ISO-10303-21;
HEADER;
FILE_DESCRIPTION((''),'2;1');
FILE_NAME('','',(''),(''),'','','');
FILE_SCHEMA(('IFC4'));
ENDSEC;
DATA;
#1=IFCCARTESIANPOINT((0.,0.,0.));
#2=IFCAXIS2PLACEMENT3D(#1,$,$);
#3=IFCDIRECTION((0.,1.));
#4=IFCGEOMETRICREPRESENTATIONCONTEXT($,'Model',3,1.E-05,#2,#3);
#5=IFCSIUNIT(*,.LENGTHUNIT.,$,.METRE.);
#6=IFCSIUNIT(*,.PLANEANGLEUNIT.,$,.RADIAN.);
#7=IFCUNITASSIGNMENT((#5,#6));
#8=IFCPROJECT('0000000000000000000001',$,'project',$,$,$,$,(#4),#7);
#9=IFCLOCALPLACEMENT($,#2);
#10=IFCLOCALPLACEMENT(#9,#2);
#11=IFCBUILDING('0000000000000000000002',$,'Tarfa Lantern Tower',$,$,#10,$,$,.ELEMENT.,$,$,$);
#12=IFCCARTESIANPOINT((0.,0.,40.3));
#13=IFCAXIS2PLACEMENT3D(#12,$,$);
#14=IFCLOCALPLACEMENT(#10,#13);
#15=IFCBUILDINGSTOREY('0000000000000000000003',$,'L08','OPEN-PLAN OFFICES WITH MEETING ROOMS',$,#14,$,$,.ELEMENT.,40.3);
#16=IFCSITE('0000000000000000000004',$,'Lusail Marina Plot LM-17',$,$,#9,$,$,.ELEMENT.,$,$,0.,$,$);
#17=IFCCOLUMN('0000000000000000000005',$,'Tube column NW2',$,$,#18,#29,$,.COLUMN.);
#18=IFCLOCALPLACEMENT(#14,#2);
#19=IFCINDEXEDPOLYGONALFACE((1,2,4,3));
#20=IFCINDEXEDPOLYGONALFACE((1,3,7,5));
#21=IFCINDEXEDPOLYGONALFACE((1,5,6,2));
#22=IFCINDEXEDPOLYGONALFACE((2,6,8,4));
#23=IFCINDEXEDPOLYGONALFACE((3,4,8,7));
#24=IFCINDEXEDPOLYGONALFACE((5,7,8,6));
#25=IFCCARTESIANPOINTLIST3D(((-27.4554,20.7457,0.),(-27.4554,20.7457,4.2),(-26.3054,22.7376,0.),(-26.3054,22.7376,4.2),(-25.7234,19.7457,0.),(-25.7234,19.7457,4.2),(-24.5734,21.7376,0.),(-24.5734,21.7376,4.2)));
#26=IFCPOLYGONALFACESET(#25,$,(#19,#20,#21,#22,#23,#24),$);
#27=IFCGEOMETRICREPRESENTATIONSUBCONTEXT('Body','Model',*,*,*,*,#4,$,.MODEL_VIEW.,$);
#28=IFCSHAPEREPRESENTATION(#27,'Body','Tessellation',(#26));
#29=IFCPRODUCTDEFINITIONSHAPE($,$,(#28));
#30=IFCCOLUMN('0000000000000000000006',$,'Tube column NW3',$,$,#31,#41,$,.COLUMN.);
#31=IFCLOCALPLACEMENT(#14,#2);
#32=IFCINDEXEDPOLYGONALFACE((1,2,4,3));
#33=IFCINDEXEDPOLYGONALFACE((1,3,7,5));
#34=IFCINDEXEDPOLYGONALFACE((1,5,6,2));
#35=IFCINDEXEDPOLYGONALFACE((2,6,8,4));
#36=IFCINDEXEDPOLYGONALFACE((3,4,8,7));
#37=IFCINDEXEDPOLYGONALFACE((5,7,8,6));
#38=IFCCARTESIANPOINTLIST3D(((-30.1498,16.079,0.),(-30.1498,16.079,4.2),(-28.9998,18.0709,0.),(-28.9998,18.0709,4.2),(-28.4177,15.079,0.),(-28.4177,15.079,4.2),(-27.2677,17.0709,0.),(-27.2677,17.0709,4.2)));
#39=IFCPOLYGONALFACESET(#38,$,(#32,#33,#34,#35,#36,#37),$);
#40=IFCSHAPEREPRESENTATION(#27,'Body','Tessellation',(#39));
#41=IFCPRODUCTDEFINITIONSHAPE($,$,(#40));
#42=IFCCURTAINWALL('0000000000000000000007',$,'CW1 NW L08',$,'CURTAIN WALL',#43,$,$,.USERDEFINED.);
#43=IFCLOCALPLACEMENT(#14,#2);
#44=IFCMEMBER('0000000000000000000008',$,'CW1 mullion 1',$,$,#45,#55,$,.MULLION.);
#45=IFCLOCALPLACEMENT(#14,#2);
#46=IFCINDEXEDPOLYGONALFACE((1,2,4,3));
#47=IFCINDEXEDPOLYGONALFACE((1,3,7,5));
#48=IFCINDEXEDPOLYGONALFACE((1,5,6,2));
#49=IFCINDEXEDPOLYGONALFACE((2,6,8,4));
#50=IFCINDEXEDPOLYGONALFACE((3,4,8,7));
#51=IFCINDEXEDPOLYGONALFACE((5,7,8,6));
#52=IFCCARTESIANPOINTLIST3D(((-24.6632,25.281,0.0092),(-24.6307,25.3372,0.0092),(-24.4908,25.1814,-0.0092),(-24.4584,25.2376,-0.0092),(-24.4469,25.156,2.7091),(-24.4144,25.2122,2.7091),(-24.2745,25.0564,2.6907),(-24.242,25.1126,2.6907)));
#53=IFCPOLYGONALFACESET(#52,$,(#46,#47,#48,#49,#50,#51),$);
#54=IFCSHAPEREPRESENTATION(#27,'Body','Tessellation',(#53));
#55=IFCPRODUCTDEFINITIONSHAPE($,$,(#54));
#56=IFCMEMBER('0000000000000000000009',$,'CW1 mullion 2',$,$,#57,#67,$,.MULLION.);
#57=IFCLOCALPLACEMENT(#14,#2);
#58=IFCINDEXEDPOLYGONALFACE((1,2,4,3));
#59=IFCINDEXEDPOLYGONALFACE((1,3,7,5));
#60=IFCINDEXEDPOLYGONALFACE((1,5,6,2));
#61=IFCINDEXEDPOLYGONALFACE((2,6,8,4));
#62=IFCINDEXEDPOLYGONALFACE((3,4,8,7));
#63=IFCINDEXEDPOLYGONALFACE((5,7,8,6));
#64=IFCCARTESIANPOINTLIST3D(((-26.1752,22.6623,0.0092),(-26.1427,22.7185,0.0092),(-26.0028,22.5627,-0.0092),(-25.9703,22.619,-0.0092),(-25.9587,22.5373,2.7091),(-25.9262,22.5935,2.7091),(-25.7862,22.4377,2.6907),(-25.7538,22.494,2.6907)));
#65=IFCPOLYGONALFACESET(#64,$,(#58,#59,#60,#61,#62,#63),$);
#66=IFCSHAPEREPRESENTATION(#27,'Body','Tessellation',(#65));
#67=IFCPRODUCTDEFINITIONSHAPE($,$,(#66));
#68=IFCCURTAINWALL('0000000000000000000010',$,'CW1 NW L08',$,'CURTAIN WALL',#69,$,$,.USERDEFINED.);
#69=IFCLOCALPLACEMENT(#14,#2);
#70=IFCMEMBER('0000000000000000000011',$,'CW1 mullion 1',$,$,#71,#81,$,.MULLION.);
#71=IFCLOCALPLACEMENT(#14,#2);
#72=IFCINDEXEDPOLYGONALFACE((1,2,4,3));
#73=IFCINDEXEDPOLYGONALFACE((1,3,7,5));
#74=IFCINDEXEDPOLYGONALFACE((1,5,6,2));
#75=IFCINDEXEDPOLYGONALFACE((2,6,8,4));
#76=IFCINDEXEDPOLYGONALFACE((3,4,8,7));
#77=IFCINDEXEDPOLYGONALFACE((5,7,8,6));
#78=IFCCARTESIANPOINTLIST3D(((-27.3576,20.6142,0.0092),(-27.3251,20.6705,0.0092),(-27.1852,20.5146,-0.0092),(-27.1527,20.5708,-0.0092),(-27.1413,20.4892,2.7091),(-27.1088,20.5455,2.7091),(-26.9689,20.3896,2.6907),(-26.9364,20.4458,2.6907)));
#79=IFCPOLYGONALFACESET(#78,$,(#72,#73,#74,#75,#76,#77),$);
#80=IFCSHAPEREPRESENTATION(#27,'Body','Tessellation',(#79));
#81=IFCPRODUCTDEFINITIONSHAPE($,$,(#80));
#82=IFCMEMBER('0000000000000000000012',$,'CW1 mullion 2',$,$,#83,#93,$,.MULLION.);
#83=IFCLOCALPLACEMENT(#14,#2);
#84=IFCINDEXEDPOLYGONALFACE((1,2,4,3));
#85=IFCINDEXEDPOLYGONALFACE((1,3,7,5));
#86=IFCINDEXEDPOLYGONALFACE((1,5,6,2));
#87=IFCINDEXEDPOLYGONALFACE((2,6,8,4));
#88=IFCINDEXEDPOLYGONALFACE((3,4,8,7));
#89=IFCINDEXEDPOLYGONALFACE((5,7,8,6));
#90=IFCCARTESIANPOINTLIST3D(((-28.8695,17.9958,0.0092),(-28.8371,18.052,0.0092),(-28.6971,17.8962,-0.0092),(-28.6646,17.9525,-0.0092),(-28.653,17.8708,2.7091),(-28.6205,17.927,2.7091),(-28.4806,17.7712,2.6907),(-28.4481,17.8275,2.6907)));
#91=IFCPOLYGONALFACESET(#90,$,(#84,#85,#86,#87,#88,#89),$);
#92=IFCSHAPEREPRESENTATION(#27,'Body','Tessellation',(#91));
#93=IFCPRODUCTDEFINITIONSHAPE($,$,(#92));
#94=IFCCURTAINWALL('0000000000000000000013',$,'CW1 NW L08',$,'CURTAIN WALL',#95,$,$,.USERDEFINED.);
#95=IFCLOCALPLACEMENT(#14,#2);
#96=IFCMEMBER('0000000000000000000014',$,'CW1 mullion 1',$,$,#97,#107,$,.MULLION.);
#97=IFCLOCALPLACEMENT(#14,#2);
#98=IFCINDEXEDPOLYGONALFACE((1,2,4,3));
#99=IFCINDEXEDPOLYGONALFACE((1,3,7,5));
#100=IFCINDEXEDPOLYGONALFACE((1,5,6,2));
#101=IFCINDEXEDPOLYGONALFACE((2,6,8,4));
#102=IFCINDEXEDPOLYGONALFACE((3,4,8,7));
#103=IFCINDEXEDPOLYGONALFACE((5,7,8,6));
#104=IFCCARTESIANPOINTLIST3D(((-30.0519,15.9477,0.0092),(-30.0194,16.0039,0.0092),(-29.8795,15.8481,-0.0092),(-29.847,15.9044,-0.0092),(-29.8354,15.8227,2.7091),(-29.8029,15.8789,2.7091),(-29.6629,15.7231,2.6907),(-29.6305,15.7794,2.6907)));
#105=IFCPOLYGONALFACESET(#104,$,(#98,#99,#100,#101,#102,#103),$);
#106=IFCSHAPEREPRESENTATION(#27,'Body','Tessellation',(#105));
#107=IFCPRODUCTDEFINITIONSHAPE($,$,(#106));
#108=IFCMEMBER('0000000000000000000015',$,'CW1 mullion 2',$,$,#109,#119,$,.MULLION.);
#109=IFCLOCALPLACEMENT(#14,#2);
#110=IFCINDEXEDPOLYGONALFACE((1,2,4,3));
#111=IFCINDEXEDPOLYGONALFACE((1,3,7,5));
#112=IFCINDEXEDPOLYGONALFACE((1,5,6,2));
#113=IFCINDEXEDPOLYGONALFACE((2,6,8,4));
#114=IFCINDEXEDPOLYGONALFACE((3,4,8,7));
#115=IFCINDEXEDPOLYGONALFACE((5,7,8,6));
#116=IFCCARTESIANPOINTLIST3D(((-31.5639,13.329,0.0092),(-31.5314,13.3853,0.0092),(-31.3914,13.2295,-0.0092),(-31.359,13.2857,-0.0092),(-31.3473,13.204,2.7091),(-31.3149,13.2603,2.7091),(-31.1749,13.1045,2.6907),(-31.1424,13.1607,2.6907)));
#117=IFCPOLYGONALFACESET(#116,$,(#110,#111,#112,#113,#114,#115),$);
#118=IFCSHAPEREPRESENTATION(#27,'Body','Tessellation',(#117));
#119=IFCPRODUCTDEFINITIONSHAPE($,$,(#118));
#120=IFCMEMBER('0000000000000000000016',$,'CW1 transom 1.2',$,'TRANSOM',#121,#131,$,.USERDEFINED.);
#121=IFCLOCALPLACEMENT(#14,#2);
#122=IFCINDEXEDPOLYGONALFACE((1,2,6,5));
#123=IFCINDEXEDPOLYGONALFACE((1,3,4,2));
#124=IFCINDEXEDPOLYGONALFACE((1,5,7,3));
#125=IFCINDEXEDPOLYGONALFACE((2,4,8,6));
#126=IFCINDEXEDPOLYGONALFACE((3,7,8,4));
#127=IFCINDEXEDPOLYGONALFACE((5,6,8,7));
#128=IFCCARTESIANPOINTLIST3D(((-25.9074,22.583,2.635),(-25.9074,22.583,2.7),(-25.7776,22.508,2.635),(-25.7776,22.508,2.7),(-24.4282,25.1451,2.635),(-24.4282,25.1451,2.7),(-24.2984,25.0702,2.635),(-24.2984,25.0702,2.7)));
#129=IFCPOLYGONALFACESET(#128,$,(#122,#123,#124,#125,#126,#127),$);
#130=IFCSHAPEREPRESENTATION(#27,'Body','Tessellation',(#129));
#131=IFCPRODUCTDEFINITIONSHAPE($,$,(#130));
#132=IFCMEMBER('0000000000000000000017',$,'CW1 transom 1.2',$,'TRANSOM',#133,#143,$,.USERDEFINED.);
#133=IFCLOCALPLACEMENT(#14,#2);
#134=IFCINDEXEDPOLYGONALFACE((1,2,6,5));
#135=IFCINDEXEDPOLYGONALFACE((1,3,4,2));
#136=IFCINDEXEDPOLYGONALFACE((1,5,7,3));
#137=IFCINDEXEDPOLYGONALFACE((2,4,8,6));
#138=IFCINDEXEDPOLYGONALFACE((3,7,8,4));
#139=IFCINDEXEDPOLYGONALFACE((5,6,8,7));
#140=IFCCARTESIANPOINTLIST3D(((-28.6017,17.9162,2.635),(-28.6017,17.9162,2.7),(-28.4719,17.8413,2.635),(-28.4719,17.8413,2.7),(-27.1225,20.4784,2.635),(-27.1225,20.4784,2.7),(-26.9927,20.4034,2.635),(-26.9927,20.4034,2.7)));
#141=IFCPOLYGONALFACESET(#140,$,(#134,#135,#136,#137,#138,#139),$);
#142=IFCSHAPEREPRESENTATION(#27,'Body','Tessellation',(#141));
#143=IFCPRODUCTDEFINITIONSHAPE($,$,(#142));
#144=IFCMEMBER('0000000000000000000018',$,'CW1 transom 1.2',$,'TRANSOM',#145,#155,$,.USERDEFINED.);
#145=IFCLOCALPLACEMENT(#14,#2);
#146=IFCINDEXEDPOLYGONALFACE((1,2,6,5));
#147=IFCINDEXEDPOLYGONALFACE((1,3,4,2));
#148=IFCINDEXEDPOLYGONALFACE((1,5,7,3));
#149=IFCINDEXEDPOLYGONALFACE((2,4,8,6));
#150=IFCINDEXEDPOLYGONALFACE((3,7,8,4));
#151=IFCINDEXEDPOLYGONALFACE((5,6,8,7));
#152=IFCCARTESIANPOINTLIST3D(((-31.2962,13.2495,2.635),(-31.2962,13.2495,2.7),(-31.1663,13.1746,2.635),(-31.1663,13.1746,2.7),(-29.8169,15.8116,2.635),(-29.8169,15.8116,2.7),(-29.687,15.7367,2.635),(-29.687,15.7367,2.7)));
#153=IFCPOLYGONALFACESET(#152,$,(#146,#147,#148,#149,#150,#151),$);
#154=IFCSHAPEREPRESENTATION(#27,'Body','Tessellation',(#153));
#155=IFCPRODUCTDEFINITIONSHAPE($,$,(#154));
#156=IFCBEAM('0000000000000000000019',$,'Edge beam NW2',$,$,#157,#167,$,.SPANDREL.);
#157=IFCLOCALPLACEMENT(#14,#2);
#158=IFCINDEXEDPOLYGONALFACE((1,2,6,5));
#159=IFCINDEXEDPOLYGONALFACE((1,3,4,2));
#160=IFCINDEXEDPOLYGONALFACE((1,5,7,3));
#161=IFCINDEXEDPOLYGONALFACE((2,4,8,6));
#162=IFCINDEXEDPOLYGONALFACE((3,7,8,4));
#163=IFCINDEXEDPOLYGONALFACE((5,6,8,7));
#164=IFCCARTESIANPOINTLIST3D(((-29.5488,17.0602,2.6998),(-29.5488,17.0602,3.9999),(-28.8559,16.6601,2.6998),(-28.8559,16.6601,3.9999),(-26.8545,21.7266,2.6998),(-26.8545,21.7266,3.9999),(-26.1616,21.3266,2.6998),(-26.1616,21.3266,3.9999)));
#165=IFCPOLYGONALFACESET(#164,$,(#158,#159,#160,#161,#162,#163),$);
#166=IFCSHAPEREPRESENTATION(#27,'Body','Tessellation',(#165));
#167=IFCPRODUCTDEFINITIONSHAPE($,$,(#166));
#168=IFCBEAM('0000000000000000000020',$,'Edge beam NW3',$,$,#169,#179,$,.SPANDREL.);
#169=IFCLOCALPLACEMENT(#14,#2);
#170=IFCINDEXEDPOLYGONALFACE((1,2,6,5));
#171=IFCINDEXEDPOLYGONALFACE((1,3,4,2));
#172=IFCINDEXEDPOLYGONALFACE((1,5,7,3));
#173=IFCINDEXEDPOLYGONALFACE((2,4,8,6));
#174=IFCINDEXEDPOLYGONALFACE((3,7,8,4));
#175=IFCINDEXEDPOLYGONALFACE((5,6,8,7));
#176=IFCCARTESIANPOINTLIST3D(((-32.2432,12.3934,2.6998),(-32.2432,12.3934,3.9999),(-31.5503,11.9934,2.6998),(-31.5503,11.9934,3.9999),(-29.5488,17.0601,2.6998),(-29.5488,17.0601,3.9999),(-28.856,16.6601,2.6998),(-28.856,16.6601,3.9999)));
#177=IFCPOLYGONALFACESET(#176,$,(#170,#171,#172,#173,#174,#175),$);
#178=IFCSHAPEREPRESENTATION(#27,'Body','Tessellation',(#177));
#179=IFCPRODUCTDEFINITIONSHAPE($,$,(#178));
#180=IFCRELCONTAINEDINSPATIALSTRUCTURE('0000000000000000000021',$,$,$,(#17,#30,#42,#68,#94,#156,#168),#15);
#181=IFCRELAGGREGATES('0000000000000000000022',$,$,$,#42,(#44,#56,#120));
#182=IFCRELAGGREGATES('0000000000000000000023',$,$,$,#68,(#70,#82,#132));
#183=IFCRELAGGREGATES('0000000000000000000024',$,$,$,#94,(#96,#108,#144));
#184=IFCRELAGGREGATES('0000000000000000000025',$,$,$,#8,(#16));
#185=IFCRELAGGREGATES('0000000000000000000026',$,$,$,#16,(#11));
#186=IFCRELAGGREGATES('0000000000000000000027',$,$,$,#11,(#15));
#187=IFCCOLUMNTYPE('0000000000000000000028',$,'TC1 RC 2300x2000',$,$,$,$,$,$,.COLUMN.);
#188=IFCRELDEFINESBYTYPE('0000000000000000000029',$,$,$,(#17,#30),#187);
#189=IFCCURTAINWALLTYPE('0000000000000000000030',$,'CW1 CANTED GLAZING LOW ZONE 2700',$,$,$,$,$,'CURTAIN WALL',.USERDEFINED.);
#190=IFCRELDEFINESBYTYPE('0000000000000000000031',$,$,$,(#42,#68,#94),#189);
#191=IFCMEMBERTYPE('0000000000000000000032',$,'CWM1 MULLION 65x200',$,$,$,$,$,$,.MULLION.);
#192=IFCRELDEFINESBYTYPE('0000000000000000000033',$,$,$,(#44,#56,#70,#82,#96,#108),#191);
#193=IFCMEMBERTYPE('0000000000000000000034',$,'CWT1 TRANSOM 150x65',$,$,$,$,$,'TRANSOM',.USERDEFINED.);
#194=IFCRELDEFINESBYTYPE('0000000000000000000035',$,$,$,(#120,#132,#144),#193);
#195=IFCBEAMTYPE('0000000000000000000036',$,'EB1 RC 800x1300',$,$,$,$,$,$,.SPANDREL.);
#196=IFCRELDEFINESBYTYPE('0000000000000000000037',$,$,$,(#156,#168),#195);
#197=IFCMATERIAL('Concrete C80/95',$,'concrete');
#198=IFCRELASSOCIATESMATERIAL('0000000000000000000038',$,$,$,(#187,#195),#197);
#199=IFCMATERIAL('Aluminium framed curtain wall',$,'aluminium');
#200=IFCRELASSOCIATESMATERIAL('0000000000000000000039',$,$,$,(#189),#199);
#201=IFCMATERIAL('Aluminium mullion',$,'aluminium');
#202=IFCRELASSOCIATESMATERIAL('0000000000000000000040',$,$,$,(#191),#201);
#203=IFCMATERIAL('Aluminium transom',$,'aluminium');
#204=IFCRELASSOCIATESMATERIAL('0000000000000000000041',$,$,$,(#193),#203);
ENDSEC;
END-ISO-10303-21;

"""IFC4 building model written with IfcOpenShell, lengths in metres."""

from ifc_helpers import new_model, si_unit, direction, frame, origin, origin_2d, place, context, subcontext, project, spatial, rectangle, extrude, material, material_profile, profile_set, type_object, element, aggregate, save


model = new_model("IFC4")

# Units and contexts
model_context = context("Model", 3, precision=1e-05, world=origin(), true_north=direction((0.0, 1.0)))
body_context = subcontext(model_context, "Body", "Model", "MODEL_VIEW")
ifc_project = project(units=[si_unit("LENGTHUNIT", "METRE"), si_unit("PLANEANGLEUNIT", "RADIAN")], contexts=[model_context])

# Site, building, storey
site_placement = place(None, origin())
site = spatial("IfcSite", under=ifc_project, at=site_placement, Name="Lusail Marina Plot LM-17", CompositionType="ELEMENT", RefElevation=0.0)
building_placement = place(site_placement, origin())
building = spatial("IfcBuilding", under=site, at=building_placement, Name="Tarfa Lantern Tower", CompositionType="ELEMENT")
storey_placement = place(building_placement, frame((0.0, 0.0, 40.3)))
storey = spatial("IfcBuildingStorey", under=building, at=storey_placement, Name="L08", Description="OPEN-PLAN OFFICES WITH MEETING ROOMS", CompositionType="ELEMENT", Elevation=40.3)

# Columns
ifc_material_1 = material(Name="Concrete C80/95", Category="concrete")
ifc_material_profile_1 = material_profile(ifc_material_1, rectangle(XDim=2.3, YDim=2.0, at=origin_2d()), Name="RC 2300x2000")
ifc_profile_set_1 = profile_set([ifc_material_profile_1], Name="Concrete C80/95")
column_type = type_object("IfcColumnType", Name="TC1 RC 2300x2000", PredefinedType="COLUMN", material=ifc_profile_set_1)
for number, where, z_axis, x_axis, name in (
    (1, (-26.0144, 21.2417, 0.0), (0.0, 0.0, 1.0), (-0.5, -0.866025, 0.0), "Tube column NW2"),
    (2, (-28.7087, 16.575, 0.0), (0.0, 0.0, 1.0), (-0.5, -0.866025, 0.0), "Tube column NW3"),
):
    element("IfcColumn", number, at=place(storey_placement, frame(where, z_axis=z_axis, x_axis=x_axis)), inside=storey, type_object=column_type, Name=name, PredefinedType="COLUMN", context=body_context, shape_type="SweptSolid", body=[
        extrude(rectangle(XDim=2.3, YDim=2.0, at=origin_2d()), origin(), (0.0, 0.0, 1.0), 4.2),
    ])

# Curtain walls, members
ifc_material_2 = material(Name="Aluminium framed curtain wall", Category="aluminium")
curtain_wall_type = type_object("IfcCurtainWallType", Name="CW1 CANTED GLAZING LOW ZONE 2700", ElementType="CURTAIN WALL", PredefinedType="USERDEFINED", material=ifc_material_2)
curtain_wall_1_placement = place(storey_placement, origin())
curtain_wall_1 = element("IfcCurtainWall", 3, at=curtain_wall_1_placement, inside=storey, type_object=curtain_wall_type, Name="CW1 NW L08", ObjectType="CURTAIN WALL", PredefinedType="USERDEFINED")
ifc_material_3 = material(Name="Aluminium mullion", Category="aluminium")
ifc_material_profile_2 = material_profile(ifc_material_3, rectangle(XDim=0.0649, YDim=0.2, at=origin_2d()), Name="AL MULLION 65x200")
ifc_profile_set_2 = profile_set([ifc_material_profile_2], Name="Aluminium mullion")
member_type_1 = type_object("IfcMemberType", Name="CWM1 MULLION 65x200", PredefinedType="MULLION", material=ifc_profile_set_2)
member_1_placement = place(storey_placement, frame((-24.5608, 25.2593, 0.0), z_axis=(0.079775, -0.0461, 0.995746), x_axis=(0.500343, 0.865827, 0.0)))
member_1 = element("IfcMember", 4, at=member_1_placement, type_object=member_type_1, Name="CW1 mullion 1", PredefinedType="MULLION", context=body_context, shape_type="SweptSolid", body=[
    extrude(rectangle(XDim=0.0649, YDim=0.2, at=origin_2d()), origin(), (0.0, 0.0, 1.0), 2.7114),
])
member_2_placement = place(storey_placement, frame((-26.0728, 22.6406, 0.0), z_axis=(0.079864, -0.0461, 0.995739), x_axis=(0.49992, 0.866072, 0.0)))
member_2 = element("IfcMember", 5, at=member_2_placement, type_object=member_type_1, Name="CW1 mullion 2", PredefinedType="MULLION", context=body_context, shape_type="SweptSolid", body=[
    extrude(rectangle(XDim=0.0649, YDim=0.2, at=origin_2d()), origin(), (0.0, 0.0, 1.0), 2.7114),
])
curtain_wall_2_placement = place(storey_placement, origin())
curtain_wall_2 = element("IfcCurtainWall", 6, at=curtain_wall_2_placement, inside=storey, type_object=curtain_wall_type, Name="CW1 NW L08", ObjectType="CURTAIN WALL", PredefinedType="USERDEFINED")
member_3_placement = place(storey_placement, frame((-27.2551, 20.5925, 0.0), z_axis=(0.079775, -0.0461, 0.995746), x_axis=(0.500343, 0.865827, 0.0)))
member_3 = element("IfcMember", 7, at=member_3_placement, type_object=member_type_1, Name="CW1 mullion 1", PredefinedType="MULLION", context=body_context, shape_type="SweptSolid", body=[
    extrude(rectangle(XDim=0.0649, YDim=0.2, at=origin_2d()), origin(), (0.0, 0.0, 1.0), 2.7114),
])
member_4_placement = place(storey_placement, frame((-28.7671, 17.9741, 0.0), z_axis=(0.079864, -0.0461, 0.995739), x_axis=(0.49992, 0.866072, 0.0)))
member_4 = element("IfcMember", 8, at=member_4_placement, type_object=member_type_1, Name="CW1 mullion 2", PredefinedType="MULLION", context=body_context, shape_type="SweptSolid", body=[
    extrude(rectangle(XDim=0.0649, YDim=0.2, at=origin_2d()), origin(), (0.0, 0.0, 1.0), 2.7114),
])
curtain_wall_3_placement = place(storey_placement, origin())
curtain_wall_3 = element("IfcCurtainWall", 9, at=curtain_wall_3_placement, inside=storey, type_object=curtain_wall_type, Name="CW1 NW L08", ObjectType="CURTAIN WALL", PredefinedType="USERDEFINED")
member_5_placement = place(storey_placement, frame((-29.9495, 15.926, 0.0), z_axis=(0.079864, -0.0461, 0.995739), x_axis=(0.49992, 0.866072, 0.0)))
member_5 = element("IfcMember", 10, at=member_5_placement, type_object=member_type_1, Name="CW1 mullion 1", PredefinedType="MULLION", context=body_context, shape_type="SweptSolid", body=[
    extrude(rectangle(XDim=0.0649, YDim=0.2, at=origin_2d()), origin(), (0.0, 0.0, 1.0), 2.7114),
])
member_6_placement = place(storey_placement, frame((-31.4614, 13.3074, 0.0), z_axis=(0.079864, -0.0461, 0.995739), x_axis=(0.49992, 0.866072, 0.0)))
member_6 = element("IfcMember", 11, at=member_6_placement, type_object=member_type_1, Name="CW1 mullion 2", PredefinedType="MULLION", context=body_context, shape_type="SweptSolid", body=[
    extrude(rectangle(XDim=0.0649, YDim=0.2, at=origin_2d()), origin(), (0.0, 0.0, 1.0), 2.7114),
])

# Members
ifc_material_4 = material(Name="Aluminium transom", Category="aluminium")
ifc_material_profile_3 = material_profile(ifc_material_4, rectangle(XDim=0.1499, YDim=0.0649, at=origin_2d()), Name="AL TRANSOM 150x65")
ifc_profile_set_3 = profile_set([ifc_material_profile_3], Name="Aluminium transom")
member_type_2 = type_object("IfcMemberType", Name="CWT1 TRANSOM 150x65", ElementType="TRANSOM", PredefinedType="USERDEFINED", material=ifc_profile_set_3)
member_7_placement = place(storey_placement, frame((-24.3633, 25.1077, 2.6675), z_axis=(-0.499982, -0.866036, 0.0), x_axis=(0.866036, -0.499982, 0.0)))
member_7 = element("IfcMember", 12, at=member_7_placement, type_object=member_type_2, Name="CW1 transom 1.2", ObjectType="TRANSOM", PredefinedType="USERDEFINED", context=body_context, shape_type="SweptSolid", body=[
    extrude(rectangle(XDim=0.1499, YDim=0.0649, at=origin_2d()), origin(), (0.0, 0.0, 1.0), 2.9585),
])
member_8_placement = place(storey_placement, frame((-27.0576, 20.4409, 2.6675), z_axis=(-0.499982, -0.866036, 0.0), x_axis=(0.866036, -0.499982, 0.0)))
member_8 = element("IfcMember", 13, at=member_8_placement, type_object=member_type_2, Name="CW1 transom 1.2", ObjectType="TRANSOM", PredefinedType="USERDEFINED", context=body_context, shape_type="SweptSolid", body=[
    extrude(rectangle(XDim=0.1499, YDim=0.0649, at=origin_2d()), origin(), (0.0, 0.0, 1.0), 2.9585),
])
member_9_placement = place(storey_placement, frame((-29.752, 15.7742, 2.6675), z_axis=(-0.500018, -0.866015, 0.0), x_axis=(0.866015, -0.500018, 0.0)))
member_9 = element("IfcMember", 14, at=member_9_placement, type_object=member_type_2, Name="CW1 transom 1.2", ObjectType="TRANSOM", PredefinedType="USERDEFINED", context=body_context, shape_type="SweptSolid", body=[
    extrude(rectangle(XDim=0.1499, YDim=0.0649, at=origin_2d()), origin(), (0.0, 0.0, 1.0), 2.9585),
])

# Beams
ifc_material_profile_4 = material_profile(ifc_material_1, rectangle(XDim=0.8, YDim=1.3, at=origin_2d()), Name="RC 800x1300")
ifc_profile_set_4 = profile_set([ifc_material_profile_4], Name="Concrete C80/95")
beam_type_1 = type_object("IfcBeamType", Name="EB1 RC 800x1300", PredefinedType="SPANDREL", material=ifc_profile_set_4)
beam_1_placement = place(storey_placement, frame((-26.5081, 21.5266, 3.3499), z_axis=(-0.500018, -0.866015, 0.0), x_axis=(0.866015, -0.500018, 0.0)))
element("IfcBeam", 15, at=beam_1_placement, inside=storey, type_object=beam_type_1, Name="Edge beam NW2", PredefinedType="SPANDREL", context=body_context, shape_type="SweptSolid", body=[
    extrude(rectangle(XDim=0.8, YDim=1.3, at=origin_2d()), origin(), (0.0, 0.0, 1.0), 5.3884),
])
beam_2_placement = place(storey_placement, frame((-29.2024, 16.8601, 3.3499), z_axis=(-0.499998, -0.866026, 0.0), x_axis=(0.866026, -0.499998, 0.0)))
element("IfcBeam", 16, at=beam_2_placement, inside=storey, type_object=beam_type_1, Name="Edge beam NW3", PredefinedType="SPANDREL", context=body_context, shape_type="SweptSolid", body=[
    extrude(rectangle(XDim=0.8, YDim=1.3, at=origin_2d()), origin(), (0.0, 0.0, 1.0), 5.3887),
])

aggregate(curtain_wall_1, [member_1, member_2, member_7])
aggregate(curtain_wall_2, [member_3, member_4, member_8])
aggregate(curtain_wall_3, [member_5, member_6, member_9])

save(model, "model.ifc")
